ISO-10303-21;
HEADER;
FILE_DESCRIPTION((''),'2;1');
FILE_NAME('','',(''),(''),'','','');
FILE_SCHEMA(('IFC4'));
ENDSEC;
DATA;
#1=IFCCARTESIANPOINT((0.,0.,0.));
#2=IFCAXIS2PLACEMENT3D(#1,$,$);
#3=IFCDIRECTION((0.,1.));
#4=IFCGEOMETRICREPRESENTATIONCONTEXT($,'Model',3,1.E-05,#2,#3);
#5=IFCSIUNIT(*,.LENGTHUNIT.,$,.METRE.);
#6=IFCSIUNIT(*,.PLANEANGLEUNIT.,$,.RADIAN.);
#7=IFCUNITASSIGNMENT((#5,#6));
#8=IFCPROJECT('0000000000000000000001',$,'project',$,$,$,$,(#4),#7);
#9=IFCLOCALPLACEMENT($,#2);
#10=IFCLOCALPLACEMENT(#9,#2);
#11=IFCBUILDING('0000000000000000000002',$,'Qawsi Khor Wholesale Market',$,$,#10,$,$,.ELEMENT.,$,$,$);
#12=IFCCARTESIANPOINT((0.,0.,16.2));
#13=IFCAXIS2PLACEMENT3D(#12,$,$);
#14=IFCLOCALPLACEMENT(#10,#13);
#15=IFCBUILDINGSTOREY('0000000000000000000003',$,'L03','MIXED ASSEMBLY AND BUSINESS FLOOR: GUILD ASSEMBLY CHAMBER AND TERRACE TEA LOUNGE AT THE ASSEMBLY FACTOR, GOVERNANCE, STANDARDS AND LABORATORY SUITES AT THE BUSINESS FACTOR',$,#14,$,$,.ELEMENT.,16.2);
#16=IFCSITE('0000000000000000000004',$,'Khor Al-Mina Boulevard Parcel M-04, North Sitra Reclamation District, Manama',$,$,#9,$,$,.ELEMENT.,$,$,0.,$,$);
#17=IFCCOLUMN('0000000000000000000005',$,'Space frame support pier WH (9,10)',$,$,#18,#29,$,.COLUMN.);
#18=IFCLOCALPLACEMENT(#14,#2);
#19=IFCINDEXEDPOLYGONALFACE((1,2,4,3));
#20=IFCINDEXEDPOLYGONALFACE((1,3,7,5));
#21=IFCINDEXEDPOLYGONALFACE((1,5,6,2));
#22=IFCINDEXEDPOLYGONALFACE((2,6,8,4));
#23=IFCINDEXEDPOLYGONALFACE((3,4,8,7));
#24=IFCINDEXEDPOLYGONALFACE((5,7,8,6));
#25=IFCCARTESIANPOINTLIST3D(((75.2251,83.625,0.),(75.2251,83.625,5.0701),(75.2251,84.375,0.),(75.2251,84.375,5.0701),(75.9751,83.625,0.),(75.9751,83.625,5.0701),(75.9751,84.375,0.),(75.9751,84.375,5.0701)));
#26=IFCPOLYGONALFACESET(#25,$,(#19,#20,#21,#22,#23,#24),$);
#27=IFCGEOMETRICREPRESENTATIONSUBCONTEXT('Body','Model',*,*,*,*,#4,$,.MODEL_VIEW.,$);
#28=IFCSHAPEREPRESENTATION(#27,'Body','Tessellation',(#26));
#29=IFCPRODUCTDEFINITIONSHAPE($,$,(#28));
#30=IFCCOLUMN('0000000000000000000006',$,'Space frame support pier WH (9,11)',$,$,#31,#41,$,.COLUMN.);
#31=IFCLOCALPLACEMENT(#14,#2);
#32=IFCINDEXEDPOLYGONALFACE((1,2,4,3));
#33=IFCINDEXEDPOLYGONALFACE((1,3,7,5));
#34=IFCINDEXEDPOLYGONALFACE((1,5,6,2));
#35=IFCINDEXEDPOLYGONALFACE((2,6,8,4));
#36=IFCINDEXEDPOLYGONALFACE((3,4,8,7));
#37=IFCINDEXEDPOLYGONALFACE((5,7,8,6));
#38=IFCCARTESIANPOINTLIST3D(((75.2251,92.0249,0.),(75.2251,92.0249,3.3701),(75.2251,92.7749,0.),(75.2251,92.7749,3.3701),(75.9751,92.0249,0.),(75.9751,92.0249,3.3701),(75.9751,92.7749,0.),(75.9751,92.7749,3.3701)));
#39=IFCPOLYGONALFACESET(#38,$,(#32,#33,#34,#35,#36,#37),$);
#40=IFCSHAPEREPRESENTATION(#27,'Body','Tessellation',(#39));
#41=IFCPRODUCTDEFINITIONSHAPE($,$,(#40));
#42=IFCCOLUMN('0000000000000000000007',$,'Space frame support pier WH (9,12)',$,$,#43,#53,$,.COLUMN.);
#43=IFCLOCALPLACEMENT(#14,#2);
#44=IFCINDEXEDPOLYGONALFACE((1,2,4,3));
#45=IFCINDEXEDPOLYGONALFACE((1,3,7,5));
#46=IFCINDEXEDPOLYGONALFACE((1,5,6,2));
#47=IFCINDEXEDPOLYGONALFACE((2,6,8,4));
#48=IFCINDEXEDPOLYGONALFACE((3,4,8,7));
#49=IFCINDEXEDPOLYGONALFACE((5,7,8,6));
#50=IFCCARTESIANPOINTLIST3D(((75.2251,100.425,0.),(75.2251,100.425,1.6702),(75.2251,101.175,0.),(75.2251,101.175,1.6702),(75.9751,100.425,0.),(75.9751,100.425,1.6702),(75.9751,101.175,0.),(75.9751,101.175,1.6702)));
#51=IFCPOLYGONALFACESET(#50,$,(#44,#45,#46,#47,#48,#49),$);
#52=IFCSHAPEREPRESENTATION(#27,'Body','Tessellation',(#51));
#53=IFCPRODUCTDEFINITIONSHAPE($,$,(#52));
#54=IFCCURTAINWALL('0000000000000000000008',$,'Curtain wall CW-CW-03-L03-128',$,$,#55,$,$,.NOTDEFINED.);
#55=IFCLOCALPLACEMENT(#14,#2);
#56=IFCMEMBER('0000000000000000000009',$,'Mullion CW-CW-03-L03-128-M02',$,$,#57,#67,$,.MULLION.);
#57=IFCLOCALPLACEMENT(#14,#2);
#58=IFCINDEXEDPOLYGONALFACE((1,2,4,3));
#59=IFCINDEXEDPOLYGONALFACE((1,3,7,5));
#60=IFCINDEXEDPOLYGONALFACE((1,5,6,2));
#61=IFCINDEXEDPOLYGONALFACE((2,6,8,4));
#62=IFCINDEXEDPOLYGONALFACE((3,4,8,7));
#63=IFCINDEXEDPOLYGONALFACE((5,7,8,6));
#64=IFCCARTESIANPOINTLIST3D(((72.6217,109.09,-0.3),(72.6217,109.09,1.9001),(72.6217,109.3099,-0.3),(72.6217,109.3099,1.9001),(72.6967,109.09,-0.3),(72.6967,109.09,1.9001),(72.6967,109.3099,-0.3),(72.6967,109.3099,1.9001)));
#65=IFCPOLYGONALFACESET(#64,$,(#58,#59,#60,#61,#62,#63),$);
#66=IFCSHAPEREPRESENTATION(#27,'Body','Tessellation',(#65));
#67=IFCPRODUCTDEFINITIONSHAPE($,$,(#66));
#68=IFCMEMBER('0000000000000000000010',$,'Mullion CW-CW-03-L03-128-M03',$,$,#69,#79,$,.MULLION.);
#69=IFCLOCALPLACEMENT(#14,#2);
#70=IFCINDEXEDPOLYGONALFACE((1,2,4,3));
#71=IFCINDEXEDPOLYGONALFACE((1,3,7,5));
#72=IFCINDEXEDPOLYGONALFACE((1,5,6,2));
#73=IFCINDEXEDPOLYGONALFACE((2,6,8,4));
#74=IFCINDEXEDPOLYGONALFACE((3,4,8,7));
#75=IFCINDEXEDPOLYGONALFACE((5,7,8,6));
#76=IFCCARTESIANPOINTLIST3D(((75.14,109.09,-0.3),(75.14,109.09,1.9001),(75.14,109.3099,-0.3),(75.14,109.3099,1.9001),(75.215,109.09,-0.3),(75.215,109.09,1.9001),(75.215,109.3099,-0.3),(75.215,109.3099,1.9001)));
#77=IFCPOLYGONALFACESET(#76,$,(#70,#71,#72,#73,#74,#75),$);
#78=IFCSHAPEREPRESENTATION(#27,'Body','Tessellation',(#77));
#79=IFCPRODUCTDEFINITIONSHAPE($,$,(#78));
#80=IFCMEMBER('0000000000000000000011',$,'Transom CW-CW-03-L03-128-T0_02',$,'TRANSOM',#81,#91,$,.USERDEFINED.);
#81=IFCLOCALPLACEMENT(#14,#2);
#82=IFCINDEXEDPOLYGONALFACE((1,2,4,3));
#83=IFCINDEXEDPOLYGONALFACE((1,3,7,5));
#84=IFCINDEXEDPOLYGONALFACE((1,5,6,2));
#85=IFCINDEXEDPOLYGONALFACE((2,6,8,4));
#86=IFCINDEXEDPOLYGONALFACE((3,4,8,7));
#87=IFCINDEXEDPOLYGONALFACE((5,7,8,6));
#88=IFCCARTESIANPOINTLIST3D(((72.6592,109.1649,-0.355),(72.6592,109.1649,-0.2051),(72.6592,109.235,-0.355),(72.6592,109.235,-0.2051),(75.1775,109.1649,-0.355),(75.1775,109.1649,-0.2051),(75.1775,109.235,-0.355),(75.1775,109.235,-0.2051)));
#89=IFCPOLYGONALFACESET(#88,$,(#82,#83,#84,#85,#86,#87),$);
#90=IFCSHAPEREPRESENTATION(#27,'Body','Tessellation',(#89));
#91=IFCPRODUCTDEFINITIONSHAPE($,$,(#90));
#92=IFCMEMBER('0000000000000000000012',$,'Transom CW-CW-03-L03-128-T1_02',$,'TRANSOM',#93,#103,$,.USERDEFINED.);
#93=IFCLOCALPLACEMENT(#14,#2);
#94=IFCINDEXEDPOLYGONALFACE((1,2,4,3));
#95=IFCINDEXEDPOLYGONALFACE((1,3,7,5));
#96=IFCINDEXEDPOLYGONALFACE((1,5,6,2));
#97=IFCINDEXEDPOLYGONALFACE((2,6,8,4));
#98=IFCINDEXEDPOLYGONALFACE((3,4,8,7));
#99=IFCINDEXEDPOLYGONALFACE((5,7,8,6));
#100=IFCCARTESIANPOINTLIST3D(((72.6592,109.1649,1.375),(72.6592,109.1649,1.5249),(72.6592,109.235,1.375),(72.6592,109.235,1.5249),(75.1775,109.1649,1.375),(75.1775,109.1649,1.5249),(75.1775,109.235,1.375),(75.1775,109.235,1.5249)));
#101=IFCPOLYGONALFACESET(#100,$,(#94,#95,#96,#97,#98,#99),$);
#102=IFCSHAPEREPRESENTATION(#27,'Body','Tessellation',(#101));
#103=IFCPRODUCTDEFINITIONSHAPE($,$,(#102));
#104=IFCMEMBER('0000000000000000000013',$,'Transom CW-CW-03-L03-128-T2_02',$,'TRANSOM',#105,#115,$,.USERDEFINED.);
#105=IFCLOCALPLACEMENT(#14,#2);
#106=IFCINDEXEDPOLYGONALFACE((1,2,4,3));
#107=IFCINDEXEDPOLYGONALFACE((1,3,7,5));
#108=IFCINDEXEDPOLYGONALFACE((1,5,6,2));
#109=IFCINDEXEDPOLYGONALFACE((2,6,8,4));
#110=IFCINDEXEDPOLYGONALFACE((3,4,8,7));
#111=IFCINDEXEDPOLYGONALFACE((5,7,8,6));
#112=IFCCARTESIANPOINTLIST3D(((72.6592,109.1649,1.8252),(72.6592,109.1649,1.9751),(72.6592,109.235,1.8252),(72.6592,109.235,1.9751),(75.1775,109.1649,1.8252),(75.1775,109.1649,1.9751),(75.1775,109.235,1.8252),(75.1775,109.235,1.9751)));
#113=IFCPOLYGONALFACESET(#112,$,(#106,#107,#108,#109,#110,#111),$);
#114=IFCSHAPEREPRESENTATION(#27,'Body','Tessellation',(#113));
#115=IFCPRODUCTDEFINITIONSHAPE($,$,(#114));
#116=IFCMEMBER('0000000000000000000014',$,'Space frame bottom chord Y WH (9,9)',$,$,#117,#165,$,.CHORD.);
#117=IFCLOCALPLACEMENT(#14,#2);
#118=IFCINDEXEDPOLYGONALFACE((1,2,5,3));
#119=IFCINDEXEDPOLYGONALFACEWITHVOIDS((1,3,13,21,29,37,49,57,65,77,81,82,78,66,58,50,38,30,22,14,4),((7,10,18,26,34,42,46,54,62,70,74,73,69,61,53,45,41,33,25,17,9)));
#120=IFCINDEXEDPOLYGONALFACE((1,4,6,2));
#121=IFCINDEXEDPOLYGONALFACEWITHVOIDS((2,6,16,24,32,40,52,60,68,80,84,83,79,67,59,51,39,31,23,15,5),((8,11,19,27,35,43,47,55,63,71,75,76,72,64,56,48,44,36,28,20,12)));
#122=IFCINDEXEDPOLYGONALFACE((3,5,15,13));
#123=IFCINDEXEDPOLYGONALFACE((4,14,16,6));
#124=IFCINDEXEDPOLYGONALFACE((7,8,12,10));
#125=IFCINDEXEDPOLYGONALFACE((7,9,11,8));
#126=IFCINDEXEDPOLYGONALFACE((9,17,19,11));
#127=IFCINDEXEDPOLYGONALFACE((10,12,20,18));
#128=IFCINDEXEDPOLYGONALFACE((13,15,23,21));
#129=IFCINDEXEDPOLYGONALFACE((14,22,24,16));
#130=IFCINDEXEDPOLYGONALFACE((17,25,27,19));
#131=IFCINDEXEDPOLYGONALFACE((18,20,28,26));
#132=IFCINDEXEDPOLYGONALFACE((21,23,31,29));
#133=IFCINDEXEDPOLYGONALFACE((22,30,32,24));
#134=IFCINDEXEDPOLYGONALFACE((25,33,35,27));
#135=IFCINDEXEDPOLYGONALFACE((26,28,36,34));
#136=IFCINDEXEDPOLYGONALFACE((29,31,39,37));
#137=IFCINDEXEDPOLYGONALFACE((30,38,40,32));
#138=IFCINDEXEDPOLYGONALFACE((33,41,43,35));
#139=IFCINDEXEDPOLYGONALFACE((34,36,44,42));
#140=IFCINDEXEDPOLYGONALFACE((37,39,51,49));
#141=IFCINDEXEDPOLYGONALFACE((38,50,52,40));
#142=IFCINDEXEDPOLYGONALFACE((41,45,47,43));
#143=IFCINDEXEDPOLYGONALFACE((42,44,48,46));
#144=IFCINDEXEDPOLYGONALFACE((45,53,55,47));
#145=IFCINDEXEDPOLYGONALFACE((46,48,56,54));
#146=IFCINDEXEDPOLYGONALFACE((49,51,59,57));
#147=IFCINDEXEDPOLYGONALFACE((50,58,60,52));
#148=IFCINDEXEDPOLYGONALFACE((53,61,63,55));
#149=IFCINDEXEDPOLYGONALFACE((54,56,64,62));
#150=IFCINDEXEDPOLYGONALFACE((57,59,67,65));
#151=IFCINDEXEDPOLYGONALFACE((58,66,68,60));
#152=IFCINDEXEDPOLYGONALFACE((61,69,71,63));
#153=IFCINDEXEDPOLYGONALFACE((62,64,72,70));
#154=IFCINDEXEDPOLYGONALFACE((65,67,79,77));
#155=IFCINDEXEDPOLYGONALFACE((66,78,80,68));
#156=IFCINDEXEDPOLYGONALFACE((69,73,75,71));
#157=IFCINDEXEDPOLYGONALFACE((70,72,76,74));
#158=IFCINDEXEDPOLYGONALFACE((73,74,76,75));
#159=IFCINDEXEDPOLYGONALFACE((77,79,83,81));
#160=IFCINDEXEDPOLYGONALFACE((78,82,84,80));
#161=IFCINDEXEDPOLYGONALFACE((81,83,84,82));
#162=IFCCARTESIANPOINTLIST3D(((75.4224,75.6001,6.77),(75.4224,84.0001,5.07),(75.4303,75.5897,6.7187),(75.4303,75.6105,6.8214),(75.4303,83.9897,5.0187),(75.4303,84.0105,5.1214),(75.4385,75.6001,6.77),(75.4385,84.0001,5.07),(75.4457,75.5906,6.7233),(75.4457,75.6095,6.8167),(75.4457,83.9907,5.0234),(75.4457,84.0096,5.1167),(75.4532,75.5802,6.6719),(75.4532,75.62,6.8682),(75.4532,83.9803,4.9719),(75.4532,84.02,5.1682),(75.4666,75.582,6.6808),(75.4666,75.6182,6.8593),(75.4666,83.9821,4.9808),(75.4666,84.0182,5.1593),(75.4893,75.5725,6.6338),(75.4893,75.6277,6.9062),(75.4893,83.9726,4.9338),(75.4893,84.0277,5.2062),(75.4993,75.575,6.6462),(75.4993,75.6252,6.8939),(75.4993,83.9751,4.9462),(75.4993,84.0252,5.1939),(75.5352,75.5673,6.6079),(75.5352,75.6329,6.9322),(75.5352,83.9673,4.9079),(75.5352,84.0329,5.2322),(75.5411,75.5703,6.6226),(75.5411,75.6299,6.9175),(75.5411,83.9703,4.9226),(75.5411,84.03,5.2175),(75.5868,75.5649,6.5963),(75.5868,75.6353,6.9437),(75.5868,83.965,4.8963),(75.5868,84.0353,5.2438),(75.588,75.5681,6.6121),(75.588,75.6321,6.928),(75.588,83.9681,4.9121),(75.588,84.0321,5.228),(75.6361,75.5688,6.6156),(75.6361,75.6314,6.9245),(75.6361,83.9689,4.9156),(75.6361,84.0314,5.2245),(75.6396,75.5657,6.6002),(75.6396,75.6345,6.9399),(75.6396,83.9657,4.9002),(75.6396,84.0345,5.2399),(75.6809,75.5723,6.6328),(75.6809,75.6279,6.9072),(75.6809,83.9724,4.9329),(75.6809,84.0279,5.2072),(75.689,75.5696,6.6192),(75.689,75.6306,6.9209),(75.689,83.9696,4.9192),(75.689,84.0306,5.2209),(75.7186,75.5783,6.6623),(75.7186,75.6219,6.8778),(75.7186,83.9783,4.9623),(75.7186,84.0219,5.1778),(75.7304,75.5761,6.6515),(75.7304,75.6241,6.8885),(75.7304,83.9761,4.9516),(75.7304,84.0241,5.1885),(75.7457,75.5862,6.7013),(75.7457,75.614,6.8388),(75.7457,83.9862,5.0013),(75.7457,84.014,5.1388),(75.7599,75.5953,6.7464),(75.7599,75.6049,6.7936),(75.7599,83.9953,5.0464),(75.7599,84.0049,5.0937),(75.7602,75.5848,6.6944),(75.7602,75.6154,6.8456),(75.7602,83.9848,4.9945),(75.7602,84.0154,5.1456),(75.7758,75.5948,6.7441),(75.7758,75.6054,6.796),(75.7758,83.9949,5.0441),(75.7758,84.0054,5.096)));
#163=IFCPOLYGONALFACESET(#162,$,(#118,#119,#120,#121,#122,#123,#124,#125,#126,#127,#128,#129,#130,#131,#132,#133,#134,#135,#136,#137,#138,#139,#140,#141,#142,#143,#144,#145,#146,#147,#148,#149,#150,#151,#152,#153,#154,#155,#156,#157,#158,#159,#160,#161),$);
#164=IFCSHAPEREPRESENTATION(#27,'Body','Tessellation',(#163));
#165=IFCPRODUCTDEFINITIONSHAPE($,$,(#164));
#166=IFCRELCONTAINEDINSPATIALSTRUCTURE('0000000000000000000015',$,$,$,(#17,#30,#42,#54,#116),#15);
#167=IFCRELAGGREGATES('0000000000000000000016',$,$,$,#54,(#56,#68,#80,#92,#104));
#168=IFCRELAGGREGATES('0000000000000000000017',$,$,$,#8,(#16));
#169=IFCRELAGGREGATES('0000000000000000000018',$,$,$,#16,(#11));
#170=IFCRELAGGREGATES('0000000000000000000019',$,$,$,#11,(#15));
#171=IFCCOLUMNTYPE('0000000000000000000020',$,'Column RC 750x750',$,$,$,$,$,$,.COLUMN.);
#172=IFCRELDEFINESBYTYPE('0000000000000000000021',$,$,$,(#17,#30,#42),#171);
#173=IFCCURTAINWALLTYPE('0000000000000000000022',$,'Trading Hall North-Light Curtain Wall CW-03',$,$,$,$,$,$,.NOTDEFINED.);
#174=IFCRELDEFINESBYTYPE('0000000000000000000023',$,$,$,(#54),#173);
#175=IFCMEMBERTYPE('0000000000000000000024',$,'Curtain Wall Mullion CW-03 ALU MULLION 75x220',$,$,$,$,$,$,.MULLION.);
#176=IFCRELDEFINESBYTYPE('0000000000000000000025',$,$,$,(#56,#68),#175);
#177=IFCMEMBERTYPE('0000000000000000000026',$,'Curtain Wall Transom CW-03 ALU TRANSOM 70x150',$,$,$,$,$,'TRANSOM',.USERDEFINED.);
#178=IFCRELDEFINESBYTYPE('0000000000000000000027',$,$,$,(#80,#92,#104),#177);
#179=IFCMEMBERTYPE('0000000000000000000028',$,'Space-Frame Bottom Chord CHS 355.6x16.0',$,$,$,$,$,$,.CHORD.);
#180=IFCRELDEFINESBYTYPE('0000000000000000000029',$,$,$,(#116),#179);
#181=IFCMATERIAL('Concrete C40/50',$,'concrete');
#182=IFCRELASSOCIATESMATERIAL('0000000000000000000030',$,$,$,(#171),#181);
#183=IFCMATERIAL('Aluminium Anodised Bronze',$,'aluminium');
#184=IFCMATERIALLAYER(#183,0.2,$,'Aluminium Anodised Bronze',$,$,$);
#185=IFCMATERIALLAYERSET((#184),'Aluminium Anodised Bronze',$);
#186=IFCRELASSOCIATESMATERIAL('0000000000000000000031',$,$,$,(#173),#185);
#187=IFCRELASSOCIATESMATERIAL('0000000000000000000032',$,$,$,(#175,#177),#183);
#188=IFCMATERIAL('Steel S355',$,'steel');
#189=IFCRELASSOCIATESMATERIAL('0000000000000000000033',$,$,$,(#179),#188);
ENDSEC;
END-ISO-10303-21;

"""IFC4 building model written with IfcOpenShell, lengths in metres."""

from ifc_helpers import new_model, si_unit, direction, frame, origin, origin_2d, place, context, subcontext, project, spatial, rectangle, hollow_circle, extrude, material, layer, layer_set, material_profile, profile_set, type_object, element, aggregate, save


model = new_model("IFC4")

# Units and contexts
model_context = context("Model", 3, precision=1e-05, world=origin(), true_north=direction((0.0, 1.0)))
body_context = subcontext(model_context, "Body", "Model", "MODEL_VIEW")
ifc_project = project(units=[si_unit("LENGTHUNIT", "METRE"), si_unit("PLANEANGLEUNIT", "RADIAN")], contexts=[model_context])

# Site, building, storey
site_placement = place(None, origin())
site = spatial("IfcSite", under=ifc_project, at=site_placement, Name="Khor Al-Mina Boulevard Parcel M-04, North Sitra Reclamation District, Manama", CompositionType="ELEMENT", RefElevation=0.0)
building_placement = place(site_placement, origin())
building = spatial("IfcBuilding", under=site, at=building_placement, Name="Qawsi Khor Wholesale Market", CompositionType="ELEMENT")
storey_placement = place(building_placement, frame((0.0, 0.0, 16.2)))
storey = spatial("IfcBuildingStorey", under=building, at=storey_placement, Name="L03", Description="MIXED ASSEMBLY AND BUSINESS FLOOR: GUILD ASSEMBLY CHAMBER AND TERRACE TEA LOUNGE AT THE ASSEMBLY FACTOR, GOVERNANCE, STANDARDS AND LABORATORY SUITES AT THE BUSINESS FACTOR", CompositionType="ELEMENT", Elevation=16.2)

# Columns
ifc_material_1 = material(Name="Concrete C40/50", Category="concrete")
ifc_material_profile_1 = material_profile(ifc_material_1, rectangle(XDim=0.75, YDim=0.75, at=origin_2d()), Name="RC 750x750")
ifc_profile_set_1 = profile_set([ifc_material_profile_1], Name="Concrete C40/50")
column_type = type_object("IfcColumnType", Name="Column RC 750x750", PredefinedType="COLUMN", material=ifc_profile_set_1)
column_1_placement = place(storey_placement, frame((75.6001, 84.0, 0.0), z_axis=(0.0, 0.0, 1.0), x_axis=(1.0, 0.0, 0.0)))
element("IfcColumn", 1, at=column_1_placement, inside=storey, type_object=column_type, Name="Space frame support pier WH (9,10)", PredefinedType="COLUMN", context=body_context, shape_type="SweptSolid", body=[
    extrude(rectangle(XDim=0.75, YDim=0.75, at=origin_2d()), origin(), (0.0, 0.0, 1.0), 5.0701),
])
column_2_placement = place(storey_placement, frame((75.6001, 92.3999, 0.0), z_axis=(0.0, 0.0, 1.0), x_axis=(1.0, 0.0, 0.0)))
element("IfcColumn", 2, at=column_2_placement, inside=storey, type_object=column_type, Name="Space frame support pier WH (9,11)", PredefinedType="COLUMN", context=body_context, shape_type="SweptSolid", body=[
    extrude(rectangle(XDim=0.75, YDim=0.75, at=origin_2d()), origin(), (0.0, 0.0, 1.0), 3.3701),
])
column_3_placement = place(storey_placement, frame((75.6001, 100.8, 0.0), z_axis=(0.0, 0.0, 1.0), x_axis=(1.0, 0.0, 0.0)))
element("IfcColumn", 3, at=column_3_placement, inside=storey, type_object=column_type, Name="Space frame support pier WH (9,12)", PredefinedType="COLUMN", context=body_context, shape_type="SweptSolid", body=[
    extrude(rectangle(XDim=0.75, YDim=0.75, at=origin_2d()), origin(), (0.0, 0.0, 1.0), 1.6702),
])

# Curtain wall, members
ifc_material_2 = material(Name="Aluminium Anodised Bronze", Category="aluminium")
ifc_layer_1 = layer(ifc_material_2, 0.2, Name="Aluminium Anodised Bronze")
ifc_layer_set_1 = layer_set([ifc_layer_1], Name="Aluminium Anodised Bronze")
curtain_wall_type = type_object("IfcCurtainWallType", Name="Trading Hall North-Light Curtain Wall CW-03", PredefinedType="NOTDEFINED", material=ifc_layer_set_1)
curtain_wall_placement = place(storey_placement, origin())
curtain_wall = element("IfcCurtainWall", 4, at=curtain_wall_placement, inside=storey, type_object=curtain_wall_type, Name="Curtain wall CW-CW-03-L03-128", PredefinedType="NOTDEFINED")
ifc_material_profile_2 = material_profile(ifc_material_2, rectangle(XDim=0.075, YDim=0.22, at=origin_2d()), Name="ALU MULLION 75x220")
ifc_profile_set_2 = profile_set([ifc_material_profile_2], Name="Aluminium Anodised Bronze")
member_type_1 = type_object("IfcMemberType", Name="Curtain Wall Mullion CW-03 ALU MULLION 75x220", PredefinedType="MULLION", material=ifc_profile_set_2)
member_1_placement = place(storey_placement, frame((72.6592, 109.2, -0.3), z_axis=(0.0, 0.0, 1.0), x_axis=(1.0, 0.0, 0.0)))
member_1 = element("IfcMember", 5, at=member_1_placement, type_object=member_type_1, Name="Mullion CW-CW-03-L03-128-M02", PredefinedType="MULLION", context=body_context, shape_type="SweptSolid", body=[
    extrude(rectangle(XDim=0.075, YDim=0.22, at=origin_2d()), origin(), (0.0, 0.0, 1.0), 2.2002),
])
member_2_placement = place(storey_placement, frame((75.1775, 109.2, -0.3), z_axis=(0.0, 0.0, 1.0), x_axis=(1.0, 0.0, 0.0)))
member_2 = element("IfcMember", 6, at=member_2_placement, type_object=member_type_1, Name="Mullion CW-CW-03-L03-128-M03", PredefinedType="MULLION", context=body_context, shape_type="SweptSolid", body=[
    extrude(rectangle(XDim=0.075, YDim=0.22, at=origin_2d()), origin(), (0.0, 0.0, 1.0), 2.2002),
])
ifc_material_profile_3 = material_profile(ifc_material_2, rectangle(XDim=0.0701, YDim=0.1499, at=origin_2d()), Name="ALU TRANSOM 70x150")
ifc_profile_set_3 = profile_set([ifc_material_profile_3], Name="Aluminium Anodised Bronze")
member_type_2 = type_object("IfcMemberType", Name="Curtain Wall Transom CW-03 ALU TRANSOM 70x150", ElementType="TRANSOM", PredefinedType="USERDEFINED", material=ifc_profile_set_3)
member_3_placement = place(storey_placement, frame((72.6592, 109.2, -0.28), z_axis=(1.0, 0.0, 0.0), x_axis=(0.0, 1.0, 0.0)))
member_3 = element("IfcMember", 7, at=member_3_placement, type_object=member_type_2, Name="Transom CW-CW-03-L03-128-T0_02", ObjectType="TRANSOM", PredefinedType="USERDEFINED", context=body_context, shape_type="SweptSolid", body=[
    extrude(rectangle(XDim=0.0701, YDim=0.1499, at=origin_2d()), origin(), (0.0, 0.0, 1.0), 2.5183),
])
member_4_placement = place(storey_placement, frame((72.6592, 109.2, 1.45), z_axis=(1.0, 0.0, 0.0), x_axis=(0.0, 1.0, 0.0)))
member_4 = element("IfcMember", 8, at=member_4_placement, type_object=member_type_2, Name="Transom CW-CW-03-L03-128-T1_02", ObjectType="TRANSOM", PredefinedType="USERDEFINED", context=body_context, shape_type="SweptSolid", body=[
    extrude(rectangle(XDim=0.0701, YDim=0.1499, at=origin_2d()), origin(), (0.0, 0.0, 1.0), 2.5183),
])
member_5_placement = place(storey_placement, frame((72.6592, 109.2, 1.9001), z_axis=(1.0, 0.0, 0.0), x_axis=(0.0, 1.0, 0.0)))
member_5 = element("IfcMember", 9, at=member_5_placement, type_object=member_type_2, Name="Transom CW-CW-03-L03-128-T2_02", ObjectType="TRANSOM", PredefinedType="USERDEFINED", context=body_context, shape_type="SweptSolid", body=[
    extrude(rectangle(XDim=0.0701, YDim=0.1499, at=origin_2d()), origin(), (0.0, 0.0, 1.0), 2.5183),
])

# Member
ifc_material_3 = material(Name="Steel S355", Category="steel")
ifc_material_profile_4 = material_profile(ifc_material_3, hollow_circle(Radius=0.1777, WallThickness=0.0161, at=origin_2d()), Name="CHS 355.6x16.0")
ifc_profile_set_4 = profile_set([ifc_material_profile_4], Name="Steel S355")
member_type_3 = type_object("IfcMemberType", Name="Space-Frame Bottom Chord CHS 355.6x16.0", PredefinedType="CHORD", material=ifc_profile_set_4)
for number, where, z_axis, x_axis, name in (
    (10, (75.6001, 75.6001, 6.77), (0.0, 0.98013, -0.198356), (-1.0, 0.0, 0.0), "Space frame bottom chord Y WH (9,9)"),
):
    element("IfcMember", number, at=place(storey_placement, frame(where, z_axis=z_axis, x_axis=x_axis)), inside=storey, type_object=member_type_3, Name=name, PredefinedType="CHORD", context=body_context, shape_type="SweptSolid", body=[
        extrude(hollow_circle(Radius=0.1777, WallThickness=0.0161, at=origin_2d()), origin(), (0.0, 0.0, 1.0), 8.5703),
    ])

aggregate(curtain_wall, [member_1, member_2, member_3, member_4, member_5])

save(model, "model.ifc")
